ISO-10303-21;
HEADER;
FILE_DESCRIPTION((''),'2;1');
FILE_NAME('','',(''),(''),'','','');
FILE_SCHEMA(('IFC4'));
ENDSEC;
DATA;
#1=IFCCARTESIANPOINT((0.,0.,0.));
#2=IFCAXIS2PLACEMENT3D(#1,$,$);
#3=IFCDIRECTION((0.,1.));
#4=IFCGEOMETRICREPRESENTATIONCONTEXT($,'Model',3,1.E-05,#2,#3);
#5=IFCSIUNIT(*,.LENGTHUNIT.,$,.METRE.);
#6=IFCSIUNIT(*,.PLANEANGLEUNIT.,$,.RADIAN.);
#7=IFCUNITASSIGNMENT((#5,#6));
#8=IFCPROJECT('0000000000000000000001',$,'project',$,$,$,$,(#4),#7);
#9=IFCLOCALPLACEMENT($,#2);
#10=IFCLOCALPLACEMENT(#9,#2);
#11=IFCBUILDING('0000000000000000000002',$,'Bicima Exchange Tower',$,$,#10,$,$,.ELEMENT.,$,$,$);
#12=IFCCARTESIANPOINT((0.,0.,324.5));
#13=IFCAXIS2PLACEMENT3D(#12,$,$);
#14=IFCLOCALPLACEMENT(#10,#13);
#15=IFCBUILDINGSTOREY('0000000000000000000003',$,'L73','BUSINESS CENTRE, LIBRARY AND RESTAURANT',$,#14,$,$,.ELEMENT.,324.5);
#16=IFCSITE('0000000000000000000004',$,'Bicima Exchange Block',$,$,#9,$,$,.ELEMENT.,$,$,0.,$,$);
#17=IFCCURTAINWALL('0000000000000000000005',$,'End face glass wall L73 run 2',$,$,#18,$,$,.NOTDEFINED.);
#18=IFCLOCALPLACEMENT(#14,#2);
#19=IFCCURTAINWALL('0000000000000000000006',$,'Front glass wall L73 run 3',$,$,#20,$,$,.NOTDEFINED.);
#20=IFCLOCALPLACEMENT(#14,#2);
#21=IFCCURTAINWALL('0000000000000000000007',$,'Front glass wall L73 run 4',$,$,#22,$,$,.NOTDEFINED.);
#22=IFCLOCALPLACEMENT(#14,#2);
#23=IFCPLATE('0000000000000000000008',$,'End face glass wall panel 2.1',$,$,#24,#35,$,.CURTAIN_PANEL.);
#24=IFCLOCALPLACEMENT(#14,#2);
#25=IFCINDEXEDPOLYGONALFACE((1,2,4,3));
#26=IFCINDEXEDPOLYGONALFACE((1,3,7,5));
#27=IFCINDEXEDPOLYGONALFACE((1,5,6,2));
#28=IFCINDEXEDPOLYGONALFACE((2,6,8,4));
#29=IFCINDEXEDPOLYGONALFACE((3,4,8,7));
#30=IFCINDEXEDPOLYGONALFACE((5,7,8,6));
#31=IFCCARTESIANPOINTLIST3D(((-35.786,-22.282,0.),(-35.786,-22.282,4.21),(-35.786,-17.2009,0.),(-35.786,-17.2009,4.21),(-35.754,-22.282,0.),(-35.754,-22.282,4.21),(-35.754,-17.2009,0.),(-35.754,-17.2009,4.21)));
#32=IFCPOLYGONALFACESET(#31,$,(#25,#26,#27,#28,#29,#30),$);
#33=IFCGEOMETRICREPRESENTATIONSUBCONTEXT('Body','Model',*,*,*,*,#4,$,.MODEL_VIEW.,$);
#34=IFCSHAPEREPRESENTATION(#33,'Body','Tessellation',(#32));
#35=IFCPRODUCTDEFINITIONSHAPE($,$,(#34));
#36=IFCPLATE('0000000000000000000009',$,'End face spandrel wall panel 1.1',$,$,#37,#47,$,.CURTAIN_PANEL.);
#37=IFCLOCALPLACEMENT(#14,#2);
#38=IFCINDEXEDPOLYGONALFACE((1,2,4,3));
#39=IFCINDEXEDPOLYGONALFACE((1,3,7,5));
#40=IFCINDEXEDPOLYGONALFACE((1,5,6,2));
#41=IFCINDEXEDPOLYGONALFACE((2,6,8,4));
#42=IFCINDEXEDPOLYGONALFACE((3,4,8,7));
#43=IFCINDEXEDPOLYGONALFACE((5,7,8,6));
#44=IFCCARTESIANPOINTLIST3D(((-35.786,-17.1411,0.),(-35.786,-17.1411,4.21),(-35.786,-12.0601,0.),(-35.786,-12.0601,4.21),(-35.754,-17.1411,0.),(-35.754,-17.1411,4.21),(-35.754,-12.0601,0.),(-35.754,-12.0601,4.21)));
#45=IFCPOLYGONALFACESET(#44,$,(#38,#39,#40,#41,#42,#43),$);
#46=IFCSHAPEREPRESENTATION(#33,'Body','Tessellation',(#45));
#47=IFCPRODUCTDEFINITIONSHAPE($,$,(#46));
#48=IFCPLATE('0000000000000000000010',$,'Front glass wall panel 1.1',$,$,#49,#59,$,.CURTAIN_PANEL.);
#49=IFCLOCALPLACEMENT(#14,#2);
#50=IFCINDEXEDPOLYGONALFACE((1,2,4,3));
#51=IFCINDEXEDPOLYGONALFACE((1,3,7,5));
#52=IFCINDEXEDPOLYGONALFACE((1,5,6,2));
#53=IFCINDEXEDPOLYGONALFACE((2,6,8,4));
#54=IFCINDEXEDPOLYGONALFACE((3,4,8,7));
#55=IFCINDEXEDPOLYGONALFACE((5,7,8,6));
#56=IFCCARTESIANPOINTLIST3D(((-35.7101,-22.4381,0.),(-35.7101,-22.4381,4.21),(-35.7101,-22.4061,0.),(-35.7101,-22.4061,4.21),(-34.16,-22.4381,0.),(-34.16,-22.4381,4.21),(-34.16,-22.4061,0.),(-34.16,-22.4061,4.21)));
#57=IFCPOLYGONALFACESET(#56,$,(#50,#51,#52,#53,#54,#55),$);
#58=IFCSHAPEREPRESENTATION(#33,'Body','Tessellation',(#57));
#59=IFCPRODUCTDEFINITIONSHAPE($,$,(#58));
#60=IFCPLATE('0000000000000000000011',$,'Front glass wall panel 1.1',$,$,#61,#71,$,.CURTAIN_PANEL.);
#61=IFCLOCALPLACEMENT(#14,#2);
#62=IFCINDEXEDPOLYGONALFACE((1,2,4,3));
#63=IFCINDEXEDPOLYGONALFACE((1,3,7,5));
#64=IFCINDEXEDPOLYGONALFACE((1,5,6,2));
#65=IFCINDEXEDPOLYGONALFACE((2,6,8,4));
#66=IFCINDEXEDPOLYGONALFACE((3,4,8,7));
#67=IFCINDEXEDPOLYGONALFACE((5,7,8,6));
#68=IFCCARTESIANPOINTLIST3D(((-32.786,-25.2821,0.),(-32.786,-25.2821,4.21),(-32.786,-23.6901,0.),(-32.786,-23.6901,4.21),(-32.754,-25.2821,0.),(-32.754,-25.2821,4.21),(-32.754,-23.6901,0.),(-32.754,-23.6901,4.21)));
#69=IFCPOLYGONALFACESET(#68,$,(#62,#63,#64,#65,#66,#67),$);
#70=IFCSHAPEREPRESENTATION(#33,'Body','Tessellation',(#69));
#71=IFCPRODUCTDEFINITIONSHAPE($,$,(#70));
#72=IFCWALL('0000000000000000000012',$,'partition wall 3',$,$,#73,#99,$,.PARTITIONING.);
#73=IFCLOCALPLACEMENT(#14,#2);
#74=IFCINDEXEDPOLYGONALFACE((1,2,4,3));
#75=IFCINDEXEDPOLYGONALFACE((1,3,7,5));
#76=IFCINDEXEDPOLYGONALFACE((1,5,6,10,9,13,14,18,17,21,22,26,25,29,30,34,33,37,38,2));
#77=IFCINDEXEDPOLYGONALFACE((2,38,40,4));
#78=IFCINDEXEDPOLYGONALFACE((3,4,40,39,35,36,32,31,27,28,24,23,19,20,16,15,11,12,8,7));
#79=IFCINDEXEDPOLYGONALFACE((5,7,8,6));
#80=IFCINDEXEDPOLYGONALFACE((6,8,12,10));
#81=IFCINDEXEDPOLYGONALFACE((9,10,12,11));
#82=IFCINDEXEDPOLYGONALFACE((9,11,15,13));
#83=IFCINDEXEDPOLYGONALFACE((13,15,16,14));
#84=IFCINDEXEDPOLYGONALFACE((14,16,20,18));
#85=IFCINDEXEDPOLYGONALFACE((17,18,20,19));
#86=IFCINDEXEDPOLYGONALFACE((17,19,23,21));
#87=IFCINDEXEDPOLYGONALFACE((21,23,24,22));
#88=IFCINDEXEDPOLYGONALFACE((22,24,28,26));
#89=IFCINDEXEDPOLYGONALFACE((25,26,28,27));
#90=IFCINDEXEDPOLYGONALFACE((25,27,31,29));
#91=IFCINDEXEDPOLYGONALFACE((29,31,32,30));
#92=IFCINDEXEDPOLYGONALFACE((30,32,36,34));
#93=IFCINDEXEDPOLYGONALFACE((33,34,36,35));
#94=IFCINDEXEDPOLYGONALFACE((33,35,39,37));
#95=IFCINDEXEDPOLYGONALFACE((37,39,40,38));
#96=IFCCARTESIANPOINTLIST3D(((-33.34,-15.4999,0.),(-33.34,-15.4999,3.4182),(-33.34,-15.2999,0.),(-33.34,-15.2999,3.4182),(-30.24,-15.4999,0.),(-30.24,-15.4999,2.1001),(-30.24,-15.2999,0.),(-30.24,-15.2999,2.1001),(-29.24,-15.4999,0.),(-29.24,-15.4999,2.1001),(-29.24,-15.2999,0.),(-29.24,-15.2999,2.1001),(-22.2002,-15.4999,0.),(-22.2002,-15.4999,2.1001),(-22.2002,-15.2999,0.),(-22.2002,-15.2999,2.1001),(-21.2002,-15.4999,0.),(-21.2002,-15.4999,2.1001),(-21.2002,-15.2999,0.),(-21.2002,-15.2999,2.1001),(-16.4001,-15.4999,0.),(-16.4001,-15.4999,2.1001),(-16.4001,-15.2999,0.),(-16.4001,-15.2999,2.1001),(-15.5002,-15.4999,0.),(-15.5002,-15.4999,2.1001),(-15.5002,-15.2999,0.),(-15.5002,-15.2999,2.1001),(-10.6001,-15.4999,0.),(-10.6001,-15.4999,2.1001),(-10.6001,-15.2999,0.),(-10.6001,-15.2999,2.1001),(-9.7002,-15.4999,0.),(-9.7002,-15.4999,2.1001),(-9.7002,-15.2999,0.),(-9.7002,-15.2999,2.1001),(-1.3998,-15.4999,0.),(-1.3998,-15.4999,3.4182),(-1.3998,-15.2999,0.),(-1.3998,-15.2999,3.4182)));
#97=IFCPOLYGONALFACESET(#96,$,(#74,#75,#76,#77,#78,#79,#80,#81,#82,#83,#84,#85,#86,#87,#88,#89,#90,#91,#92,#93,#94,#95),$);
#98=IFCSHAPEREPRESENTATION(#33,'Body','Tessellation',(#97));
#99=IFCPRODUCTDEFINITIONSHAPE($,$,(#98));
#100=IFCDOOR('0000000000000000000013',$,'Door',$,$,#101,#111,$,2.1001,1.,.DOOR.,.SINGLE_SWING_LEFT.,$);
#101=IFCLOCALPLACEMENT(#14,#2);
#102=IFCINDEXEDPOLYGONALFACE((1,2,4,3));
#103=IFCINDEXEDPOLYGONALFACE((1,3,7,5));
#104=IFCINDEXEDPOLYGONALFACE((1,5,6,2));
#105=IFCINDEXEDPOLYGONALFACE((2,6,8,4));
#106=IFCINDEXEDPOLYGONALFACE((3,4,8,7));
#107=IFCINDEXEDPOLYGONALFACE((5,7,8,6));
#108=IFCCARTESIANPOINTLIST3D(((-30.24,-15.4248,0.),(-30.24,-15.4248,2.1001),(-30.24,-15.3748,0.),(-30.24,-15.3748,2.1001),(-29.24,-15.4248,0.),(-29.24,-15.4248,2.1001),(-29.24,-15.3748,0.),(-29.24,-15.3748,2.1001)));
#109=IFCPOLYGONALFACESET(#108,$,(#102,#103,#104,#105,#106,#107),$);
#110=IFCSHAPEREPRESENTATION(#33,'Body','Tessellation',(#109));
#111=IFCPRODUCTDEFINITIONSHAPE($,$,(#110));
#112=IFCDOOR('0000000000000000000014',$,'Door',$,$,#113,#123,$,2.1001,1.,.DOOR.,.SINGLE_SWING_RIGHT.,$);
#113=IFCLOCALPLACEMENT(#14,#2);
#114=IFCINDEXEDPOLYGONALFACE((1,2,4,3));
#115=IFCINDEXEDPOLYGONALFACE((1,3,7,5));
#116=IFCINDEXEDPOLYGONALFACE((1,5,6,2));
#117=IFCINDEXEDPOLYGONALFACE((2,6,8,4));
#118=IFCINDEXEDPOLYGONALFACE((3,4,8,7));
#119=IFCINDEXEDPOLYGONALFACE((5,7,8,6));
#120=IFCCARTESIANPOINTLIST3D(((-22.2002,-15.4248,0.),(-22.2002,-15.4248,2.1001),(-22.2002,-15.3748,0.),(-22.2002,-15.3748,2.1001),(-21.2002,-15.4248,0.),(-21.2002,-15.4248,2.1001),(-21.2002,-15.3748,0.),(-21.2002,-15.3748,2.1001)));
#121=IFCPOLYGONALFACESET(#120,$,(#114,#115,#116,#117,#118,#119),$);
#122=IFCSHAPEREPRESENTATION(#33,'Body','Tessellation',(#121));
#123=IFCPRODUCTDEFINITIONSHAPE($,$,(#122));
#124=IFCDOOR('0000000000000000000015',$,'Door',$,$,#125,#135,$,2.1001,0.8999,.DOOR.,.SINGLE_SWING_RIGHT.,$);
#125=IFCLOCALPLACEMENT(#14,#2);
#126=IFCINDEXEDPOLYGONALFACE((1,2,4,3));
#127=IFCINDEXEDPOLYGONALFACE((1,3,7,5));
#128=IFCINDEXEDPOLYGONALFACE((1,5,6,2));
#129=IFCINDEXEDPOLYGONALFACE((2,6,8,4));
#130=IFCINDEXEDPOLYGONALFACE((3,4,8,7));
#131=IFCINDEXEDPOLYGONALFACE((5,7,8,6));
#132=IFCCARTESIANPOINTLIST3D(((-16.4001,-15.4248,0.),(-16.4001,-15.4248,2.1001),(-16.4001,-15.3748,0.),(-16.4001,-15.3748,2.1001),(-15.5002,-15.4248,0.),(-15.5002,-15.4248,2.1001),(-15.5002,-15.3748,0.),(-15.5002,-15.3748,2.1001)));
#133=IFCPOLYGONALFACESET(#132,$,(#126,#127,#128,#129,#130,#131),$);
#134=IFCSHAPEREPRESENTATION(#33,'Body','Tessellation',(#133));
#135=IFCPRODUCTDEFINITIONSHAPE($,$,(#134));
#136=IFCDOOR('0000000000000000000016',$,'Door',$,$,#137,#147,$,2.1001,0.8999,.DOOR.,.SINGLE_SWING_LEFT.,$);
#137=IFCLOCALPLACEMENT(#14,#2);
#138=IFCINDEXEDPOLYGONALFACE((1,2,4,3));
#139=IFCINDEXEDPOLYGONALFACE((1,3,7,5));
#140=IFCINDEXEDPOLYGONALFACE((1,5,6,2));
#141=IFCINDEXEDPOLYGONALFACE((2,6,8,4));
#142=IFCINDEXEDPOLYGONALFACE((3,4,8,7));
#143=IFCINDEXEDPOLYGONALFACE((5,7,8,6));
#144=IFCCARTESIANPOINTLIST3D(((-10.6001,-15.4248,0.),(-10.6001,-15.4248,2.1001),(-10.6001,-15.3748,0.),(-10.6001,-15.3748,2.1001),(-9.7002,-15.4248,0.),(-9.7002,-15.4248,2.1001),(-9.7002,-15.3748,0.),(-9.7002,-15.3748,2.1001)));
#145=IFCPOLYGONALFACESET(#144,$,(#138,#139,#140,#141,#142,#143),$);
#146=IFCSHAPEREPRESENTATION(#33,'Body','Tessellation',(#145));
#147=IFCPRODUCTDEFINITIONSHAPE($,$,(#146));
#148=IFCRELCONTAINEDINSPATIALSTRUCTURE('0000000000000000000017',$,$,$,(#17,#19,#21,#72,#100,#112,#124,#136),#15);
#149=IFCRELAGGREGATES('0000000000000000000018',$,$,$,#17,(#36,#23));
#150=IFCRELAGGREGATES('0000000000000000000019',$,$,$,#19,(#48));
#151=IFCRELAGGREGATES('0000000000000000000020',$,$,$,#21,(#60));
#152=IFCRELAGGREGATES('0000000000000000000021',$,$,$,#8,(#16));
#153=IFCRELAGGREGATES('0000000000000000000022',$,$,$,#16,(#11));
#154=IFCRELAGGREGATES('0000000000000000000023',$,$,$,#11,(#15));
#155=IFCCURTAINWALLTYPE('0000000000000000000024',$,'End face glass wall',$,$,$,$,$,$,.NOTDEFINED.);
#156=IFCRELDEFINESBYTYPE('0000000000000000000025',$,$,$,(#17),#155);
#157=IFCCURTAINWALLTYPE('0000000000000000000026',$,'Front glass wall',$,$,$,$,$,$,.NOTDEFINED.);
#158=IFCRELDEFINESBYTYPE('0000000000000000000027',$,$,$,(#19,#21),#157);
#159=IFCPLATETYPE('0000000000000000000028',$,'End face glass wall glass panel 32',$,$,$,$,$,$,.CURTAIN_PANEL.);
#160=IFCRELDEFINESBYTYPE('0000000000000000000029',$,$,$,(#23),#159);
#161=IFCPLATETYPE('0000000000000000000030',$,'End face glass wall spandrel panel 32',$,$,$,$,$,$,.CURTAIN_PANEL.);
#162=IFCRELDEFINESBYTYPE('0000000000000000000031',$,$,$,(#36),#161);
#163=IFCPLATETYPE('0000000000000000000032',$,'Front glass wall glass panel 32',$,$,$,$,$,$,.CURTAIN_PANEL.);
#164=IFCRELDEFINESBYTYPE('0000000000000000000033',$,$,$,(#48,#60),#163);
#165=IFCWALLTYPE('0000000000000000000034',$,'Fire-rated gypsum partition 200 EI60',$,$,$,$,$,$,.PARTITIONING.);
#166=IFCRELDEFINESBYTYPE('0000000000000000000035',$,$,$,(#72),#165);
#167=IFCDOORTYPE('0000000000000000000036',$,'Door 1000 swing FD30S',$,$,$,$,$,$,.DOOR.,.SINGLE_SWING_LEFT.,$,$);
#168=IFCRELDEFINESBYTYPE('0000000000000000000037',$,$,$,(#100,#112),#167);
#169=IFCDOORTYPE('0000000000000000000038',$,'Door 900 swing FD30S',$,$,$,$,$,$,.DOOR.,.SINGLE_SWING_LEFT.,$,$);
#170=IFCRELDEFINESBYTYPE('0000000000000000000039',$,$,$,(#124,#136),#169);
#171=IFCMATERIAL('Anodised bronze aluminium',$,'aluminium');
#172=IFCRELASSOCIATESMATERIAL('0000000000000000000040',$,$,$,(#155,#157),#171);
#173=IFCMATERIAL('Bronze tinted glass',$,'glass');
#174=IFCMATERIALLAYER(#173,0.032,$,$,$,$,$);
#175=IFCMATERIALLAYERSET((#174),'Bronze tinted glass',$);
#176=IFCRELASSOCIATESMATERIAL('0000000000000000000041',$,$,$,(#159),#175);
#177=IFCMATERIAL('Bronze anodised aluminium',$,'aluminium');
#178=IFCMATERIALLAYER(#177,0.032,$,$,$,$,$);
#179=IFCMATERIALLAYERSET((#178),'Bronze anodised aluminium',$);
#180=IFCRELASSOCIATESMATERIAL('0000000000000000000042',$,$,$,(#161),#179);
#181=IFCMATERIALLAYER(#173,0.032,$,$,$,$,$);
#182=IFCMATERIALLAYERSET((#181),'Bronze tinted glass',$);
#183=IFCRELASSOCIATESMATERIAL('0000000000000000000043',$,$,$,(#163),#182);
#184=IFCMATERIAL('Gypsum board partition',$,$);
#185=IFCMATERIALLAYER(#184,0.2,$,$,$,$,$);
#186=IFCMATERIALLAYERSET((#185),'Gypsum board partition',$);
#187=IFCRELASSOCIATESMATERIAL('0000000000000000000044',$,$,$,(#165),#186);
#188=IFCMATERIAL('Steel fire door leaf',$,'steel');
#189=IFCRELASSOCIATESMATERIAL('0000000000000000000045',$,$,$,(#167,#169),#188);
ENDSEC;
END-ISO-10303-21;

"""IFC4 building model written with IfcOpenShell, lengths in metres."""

from ifc_helpers import new_model, si_unit, direction, frame, frame_2d, origin, origin_2d, place, context, subcontext, project, spatial, rectangle, extrude, material, layer, layer_set, type_object, element, fill, aggregate, save


model = new_model("IFC4")

# Units and contexts
model_context = context("Model", 3, precision=1e-05, world=origin(), true_north=direction((0.0, 1.0)))
body_context = subcontext(model_context, "Body", "Model", "MODEL_VIEW")
ifc_project = project(units=[si_unit("LENGTHUNIT", "METRE"), si_unit("PLANEANGLEUNIT", "RADIAN")], contexts=[model_context])

# Site, building, storey
site_placement = place(None, origin())
site = spatial("IfcSite", under=ifc_project, at=site_placement, Name="Bicima Exchange Block", CompositionType="ELEMENT", RefElevation=0.0)
building_placement = place(site_placement, origin())
building = spatial("IfcBuilding", under=site, at=building_placement, Name="Bicima Exchange Tower", CompositionType="ELEMENT")
storey_placement = place(building_placement, frame((0.0, 0.0, 324.5)))
storey = spatial("IfcBuildingStorey", under=building, at=storey_placement, Name="L73", Description="BUSINESS CENTRE, LIBRARY AND RESTAURANT", CompositionType="ELEMENT", Elevation=324.5)

# Curtain wall
ifc_material_1 = material(Name="Anodised bronze aluminium", Category="aluminium")
curtain_wall_type_1 = type_object("IfcCurtainWallType", Name="End face glass wall", PredefinedType="NOTDEFINED", material=ifc_material_1)
curtain_wall_1_placement = place(storey_placement, origin())
curtain_wall_1 = element("IfcCurtainWall", 1, at=curtain_wall_1_placement, inside=storey, type_object=curtain_wall_type_1, Name="End face glass wall L73 run 2", PredefinedType="NOTDEFINED")

# Curtain walls
curtain_wall_type_2 = type_object("IfcCurtainWallType", Name="Front glass wall", PredefinedType="NOTDEFINED", material=ifc_material_1)
curtain_wall_2_placement = place(storey_placement, origin())
curtain_wall_2 = element("IfcCurtainWall", 2, at=curtain_wall_2_placement, inside=storey, type_object=curtain_wall_type_2, Name="Front glass wall L73 run 3", PredefinedType="NOTDEFINED")
curtain_wall_3_placement = place(storey_placement, origin())
curtain_wall_3 = element("IfcCurtainWall", 3, at=curtain_wall_3_placement, inside=storey, type_object=curtain_wall_type_2, Name="Front glass wall L73 run 4", PredefinedType="NOTDEFINED")

# Plates
ifc_material_2 = material(Name="Bronze tinted glass", Category="glass")
ifc_layer_1 = layer(ifc_material_2, 0.032)
ifc_layer_set_1 = layer_set([ifc_layer_1], Name="Bronze tinted glass")
plate_type_1 = type_object("IfcPlateType", Name="End face glass wall glass panel 32", PredefinedType="CURTAIN_PANEL", material=ifc_layer_set_1)
plate_1_placement = place(storey_placement, frame((-35.77, -19.7415, 0.0), z_axis=(0.0, 0.0, 1.0), x_axis=(0.0, -1.0, 0.0)))
plate_1 = element("IfcPlate", 4, at=plate_1_placement, type_object=plate_type_1, Name="End face glass wall panel 2.1", PredefinedType="CURTAIN_PANEL", context=body_context, shape_type="SweptSolid", body=[
    extrude(rectangle(XDim=5.0811, YDim=0.032, at=origin_2d()), origin(), (0.0, 0.0, 1.0), 4.21),
])
ifc_material_3 = material(Name="Bronze anodised aluminium", Category="aluminium")
ifc_layer_2 = layer(ifc_material_3, 0.032)
ifc_layer_set_2 = layer_set([ifc_layer_2], Name="Bronze anodised aluminium")
plate_type_2 = type_object("IfcPlateType", Name="End face glass wall spandrel panel 32", PredefinedType="CURTAIN_PANEL", material=ifc_layer_set_2)
plate_2_placement = place(storey_placement, frame((-35.77, -14.6006, 0.0), z_axis=(0.0, 0.0, 1.0), x_axis=(0.0, -1.0, 0.0)))
plate_2 = element("IfcPlate", 5, at=plate_2_placement, type_object=plate_type_2, Name="End face spandrel wall panel 1.1", PredefinedType="CURTAIN_PANEL", context=body_context, shape_type="SweptSolid", body=[
    extrude(rectangle(XDim=5.0811, YDim=0.032, at=origin_2d()), origin(), (0.0, 0.0, 1.0), 4.21),
])
aggregate(curtain_wall_1, [plate_2, plate_1])
ifc_layer_3 = layer(ifc_material_2, 0.032)
ifc_layer_set_3 = layer_set([ifc_layer_3], Name="Bronze tinted glass")
plate_type_3 = type_object("IfcPlateType", Name="Front glass wall glass panel 32", PredefinedType="CURTAIN_PANEL", material=ifc_layer_set_3)
plate_3_placement = place(storey_placement, frame((-34.9351, -22.4221, 0.0), z_axis=(0.0, 0.0, 1.0), x_axis=(1.0, 0.0, 0.0)))
plate_3 = element("IfcPlate", 6, at=plate_3_placement, type_object=plate_type_3, Name="Front glass wall panel 1.1", PredefinedType="CURTAIN_PANEL", context=body_context, shape_type="SweptSolid", body=[
    extrude(rectangle(XDim=1.55, YDim=0.032, at=origin_2d()), origin(), (0.0, 0.0, 1.0), 4.21),
])
aggregate(curtain_wall_2, [plate_3])
plate_4_placement = place(storey_placement, frame((-32.77, -24.4861, 0.0), z_axis=(0.0, 0.0, 1.0), x_axis=(0.0, -1.0, 0.0)))
plate_4 = element("IfcPlate", 7, at=plate_4_placement, type_object=plate_type_3, Name="Front glass wall panel 1.1", PredefinedType="CURTAIN_PANEL", context=body_context, shape_type="SweptSolid", body=[
    extrude(rectangle(XDim=1.592, YDim=0.032, at=origin_2d()), origin(), (0.0, 0.0, 1.0), 4.21),
])
aggregate(curtain_wall_3, [plate_4])

# Wall, openings, doors
ifc_material_4 = material(Name="Gypsum board partition")
ifc_layer_4 = layer(ifc_material_4, 0.2)
ifc_layer_set_4 = layer_set([ifc_layer_4], Name="Gypsum board partition")
wall_type = type_object("IfcWallType", Name="Fire-rated gypsum partition 200 EI60", PredefinedType="PARTITIONING", material=ifc_layer_set_4)
wall_1_placement = place(storey_placement, frame((-33.3401, -15.3999, 0.0), z_axis=(0.0, 0.0, 1.0), x_axis=(1.0, 0.0, 0.0)))
wall_1 = element("IfcWall", 8, at=wall_1_placement, inside=storey, type_object=wall_type, Name="partition wall 3", PredefinedType="PARTITIONING", context=body_context, shape_type="SweptSolid", body=[
    extrude(rectangle(XDim=31.9402, YDim=0.2, at=frame_2d((15.9702, 0.0))), origin(), (0.0, 0.0, 1.0), 3.4182),
])
opening_1_placement = place(wall_1_placement, frame((3.1001, 0.0, 0.0)))
opening_1 = element("IfcOpeningElement", 9, at=opening_1_placement, cuts=wall_1, PredefinedType="OPENING", context=body_context, shape_type="SweptSolid", body=[
    extrude(rectangle(XDim=1.0, YDim=2.1001, at=frame_2d((0.5, 1.05))), frame((0.0, 0.1118, 0.0), z_axis=(0.0, -1.0, 0.0), x_axis=(1.0, 0.0, 0.0)), (0.0, 0.0, 1.0), 0.2239),
])
opening_2_placement = place(wall_1_placement, frame((11.1399, 0.0, 0.0)))
opening_2 = element("IfcOpeningElement", 10, at=opening_2_placement, cuts=wall_1, PredefinedType="OPENING", context=body_context, shape_type="SweptSolid", body=[
    extrude(rectangle(XDim=1.0, YDim=2.1001, at=frame_2d((0.5, 1.05))), frame((0.0, 0.1118, 0.0), z_axis=(0.0, -1.0, 0.0), x_axis=(1.0, 0.0, 0.0)), (0.0, 0.0, 1.0), 0.2239),
])
opening_3_placement = place(wall_1_placement, frame((16.9399, 0.0, 0.0)))
opening_3 = element("IfcOpeningElement", 11, at=opening_3_placement, cuts=wall_1, PredefinedType="OPENING", context=body_context, shape_type="SweptSolid", body=[
    extrude(rectangle(XDim=0.8999, YDim=2.1001, at=frame_2d((0.45, 1.05))), frame((0.0, 0.1118, 0.0), z_axis=(0.0, -1.0, 0.0), x_axis=(1.0, 0.0, 0.0)), (0.0, 0.0, 1.0), 0.2239),
])
opening_4_placement = place(wall_1_placement, frame((22.74, 0.0, 0.0)))
opening_4 = element("IfcOpeningElement", 12, at=opening_4_placement, cuts=wall_1, PredefinedType="OPENING", context=body_context, shape_type="SweptSolid", body=[
    extrude(rectangle(XDim=0.8999, YDim=2.1001, at=frame_2d((0.45, 1.05))), frame((0.0, 0.1118, 0.0), z_axis=(0.0, -1.0, 0.0), x_axis=(1.0, 0.0, 0.0)), (0.0, 0.0, 1.0), 0.2239),
])
ifc_material_5 = material(Name="Steel fire door leaf", Category="steel")
door_type_1 = type_object("IfcDoorType", Name="Door 1000 swing FD30S", OperationType="SINGLE_SWING_LEFT", PredefinedType="DOOR", material=ifc_material_5)
door_1_placement = place(opening_1_placement, frame((1.0, 0.0, 0.0), z_axis=(0.0, 0.0, 1.0), x_axis=(-1.0, 0.0, 0.0)))
door_1 = element("IfcDoor", 13, at=door_1_placement, inside=storey, type_object=door_type_1, Name="Door", OperationType="SINGLE_SWING_LEFT", OverallHeight=2.1001, OverallWidth=1.0, PredefinedType="DOOR", context=body_context, shape_type="SweptSolid", body=[
    extrude(rectangle(XDim=1.0, YDim=2.1001, at=frame_2d((0.5, 1.05))), frame((0.0, 0.0249, 0.0), z_axis=(0.0, -1.0, 0.0), x_axis=(1.0, 0.0, 0.0)), (0.0, 0.0, 1.0), 0.05),
])
fill(opening_1, door_1)
door_2_placement = place(opening_2_placement, frame((1.0, 0.0, 0.0), z_axis=(0.0, 0.0, 1.0), x_axis=(-1.0, 0.0, 0.0)))
door_2 = element("IfcDoor", 14, at=door_2_placement, inside=storey, type_object=door_type_1, Name="Door", OperationType="SINGLE_SWING_RIGHT", OverallHeight=2.1001, OverallWidth=1.0, PredefinedType="DOOR", context=body_context, shape_type="SweptSolid", body=[
    extrude(rectangle(XDim=1.0, YDim=2.1001, at=frame_2d((0.5, 1.05))), frame((0.0, 0.0249, 0.0), z_axis=(0.0, -1.0, 0.0), x_axis=(1.0, 0.0, 0.0)), (0.0, 0.0, 1.0), 0.05),
])
fill(opening_2, door_2)
door_type_2 = type_object("IfcDoorType", Name="Door 900 swing FD30S", OperationType="SINGLE_SWING_LEFT", PredefinedType="DOOR", material=ifc_material_5)
door_3_placement = place(opening_3_placement, frame((0.8999, 0.0, 0.0), z_axis=(0.0, 0.0, 1.0), x_axis=(-1.0, 0.0, 0.0)))
door_3 = element("IfcDoor", 15, at=door_3_placement, inside=storey, type_object=door_type_2, Name="Door", OperationType="SINGLE_SWING_RIGHT", OverallHeight=2.1001, OverallWidth=0.8999, PredefinedType="DOOR", context=body_context, shape_type="SweptSolid", body=[
    extrude(rectangle(XDim=0.8999, YDim=2.1001, at=frame_2d((0.45, 1.05))), frame((0.0, 0.0249, 0.0), z_axis=(0.0, -1.0, 0.0), x_axis=(1.0, 0.0, 0.0)), (0.0, 0.0, 1.0), 0.05),
])
fill(opening_3, door_3)
door_4_placement = place(opening_4_placement, frame((0.8999, 0.0, 0.0), z_axis=(0.0, 0.0, 1.0), x_axis=(-1.0, 0.0, 0.0)))
door_4 = element("IfcDoor", 16, at=door_4_placement, inside=storey, type_object=door_type_2, Name="Door", OperationType="SINGLE_SWING_LEFT", OverallHeight=2.1001, OverallWidth=0.8999, PredefinedType="DOOR", context=body_context, shape_type="SweptSolid", body=[
    extrude(rectangle(XDim=0.8999, YDim=2.1001, at=frame_2d((0.45, 1.05))), frame((0.0, 0.0249, 0.0), z_axis=(0.0, -1.0, 0.0), x_axis=(1.0, 0.0, 0.0)), (0.0, 0.0, 1.0), 0.05),
])
fill(opening_4, door_4)

save(model, "model.ifc")
